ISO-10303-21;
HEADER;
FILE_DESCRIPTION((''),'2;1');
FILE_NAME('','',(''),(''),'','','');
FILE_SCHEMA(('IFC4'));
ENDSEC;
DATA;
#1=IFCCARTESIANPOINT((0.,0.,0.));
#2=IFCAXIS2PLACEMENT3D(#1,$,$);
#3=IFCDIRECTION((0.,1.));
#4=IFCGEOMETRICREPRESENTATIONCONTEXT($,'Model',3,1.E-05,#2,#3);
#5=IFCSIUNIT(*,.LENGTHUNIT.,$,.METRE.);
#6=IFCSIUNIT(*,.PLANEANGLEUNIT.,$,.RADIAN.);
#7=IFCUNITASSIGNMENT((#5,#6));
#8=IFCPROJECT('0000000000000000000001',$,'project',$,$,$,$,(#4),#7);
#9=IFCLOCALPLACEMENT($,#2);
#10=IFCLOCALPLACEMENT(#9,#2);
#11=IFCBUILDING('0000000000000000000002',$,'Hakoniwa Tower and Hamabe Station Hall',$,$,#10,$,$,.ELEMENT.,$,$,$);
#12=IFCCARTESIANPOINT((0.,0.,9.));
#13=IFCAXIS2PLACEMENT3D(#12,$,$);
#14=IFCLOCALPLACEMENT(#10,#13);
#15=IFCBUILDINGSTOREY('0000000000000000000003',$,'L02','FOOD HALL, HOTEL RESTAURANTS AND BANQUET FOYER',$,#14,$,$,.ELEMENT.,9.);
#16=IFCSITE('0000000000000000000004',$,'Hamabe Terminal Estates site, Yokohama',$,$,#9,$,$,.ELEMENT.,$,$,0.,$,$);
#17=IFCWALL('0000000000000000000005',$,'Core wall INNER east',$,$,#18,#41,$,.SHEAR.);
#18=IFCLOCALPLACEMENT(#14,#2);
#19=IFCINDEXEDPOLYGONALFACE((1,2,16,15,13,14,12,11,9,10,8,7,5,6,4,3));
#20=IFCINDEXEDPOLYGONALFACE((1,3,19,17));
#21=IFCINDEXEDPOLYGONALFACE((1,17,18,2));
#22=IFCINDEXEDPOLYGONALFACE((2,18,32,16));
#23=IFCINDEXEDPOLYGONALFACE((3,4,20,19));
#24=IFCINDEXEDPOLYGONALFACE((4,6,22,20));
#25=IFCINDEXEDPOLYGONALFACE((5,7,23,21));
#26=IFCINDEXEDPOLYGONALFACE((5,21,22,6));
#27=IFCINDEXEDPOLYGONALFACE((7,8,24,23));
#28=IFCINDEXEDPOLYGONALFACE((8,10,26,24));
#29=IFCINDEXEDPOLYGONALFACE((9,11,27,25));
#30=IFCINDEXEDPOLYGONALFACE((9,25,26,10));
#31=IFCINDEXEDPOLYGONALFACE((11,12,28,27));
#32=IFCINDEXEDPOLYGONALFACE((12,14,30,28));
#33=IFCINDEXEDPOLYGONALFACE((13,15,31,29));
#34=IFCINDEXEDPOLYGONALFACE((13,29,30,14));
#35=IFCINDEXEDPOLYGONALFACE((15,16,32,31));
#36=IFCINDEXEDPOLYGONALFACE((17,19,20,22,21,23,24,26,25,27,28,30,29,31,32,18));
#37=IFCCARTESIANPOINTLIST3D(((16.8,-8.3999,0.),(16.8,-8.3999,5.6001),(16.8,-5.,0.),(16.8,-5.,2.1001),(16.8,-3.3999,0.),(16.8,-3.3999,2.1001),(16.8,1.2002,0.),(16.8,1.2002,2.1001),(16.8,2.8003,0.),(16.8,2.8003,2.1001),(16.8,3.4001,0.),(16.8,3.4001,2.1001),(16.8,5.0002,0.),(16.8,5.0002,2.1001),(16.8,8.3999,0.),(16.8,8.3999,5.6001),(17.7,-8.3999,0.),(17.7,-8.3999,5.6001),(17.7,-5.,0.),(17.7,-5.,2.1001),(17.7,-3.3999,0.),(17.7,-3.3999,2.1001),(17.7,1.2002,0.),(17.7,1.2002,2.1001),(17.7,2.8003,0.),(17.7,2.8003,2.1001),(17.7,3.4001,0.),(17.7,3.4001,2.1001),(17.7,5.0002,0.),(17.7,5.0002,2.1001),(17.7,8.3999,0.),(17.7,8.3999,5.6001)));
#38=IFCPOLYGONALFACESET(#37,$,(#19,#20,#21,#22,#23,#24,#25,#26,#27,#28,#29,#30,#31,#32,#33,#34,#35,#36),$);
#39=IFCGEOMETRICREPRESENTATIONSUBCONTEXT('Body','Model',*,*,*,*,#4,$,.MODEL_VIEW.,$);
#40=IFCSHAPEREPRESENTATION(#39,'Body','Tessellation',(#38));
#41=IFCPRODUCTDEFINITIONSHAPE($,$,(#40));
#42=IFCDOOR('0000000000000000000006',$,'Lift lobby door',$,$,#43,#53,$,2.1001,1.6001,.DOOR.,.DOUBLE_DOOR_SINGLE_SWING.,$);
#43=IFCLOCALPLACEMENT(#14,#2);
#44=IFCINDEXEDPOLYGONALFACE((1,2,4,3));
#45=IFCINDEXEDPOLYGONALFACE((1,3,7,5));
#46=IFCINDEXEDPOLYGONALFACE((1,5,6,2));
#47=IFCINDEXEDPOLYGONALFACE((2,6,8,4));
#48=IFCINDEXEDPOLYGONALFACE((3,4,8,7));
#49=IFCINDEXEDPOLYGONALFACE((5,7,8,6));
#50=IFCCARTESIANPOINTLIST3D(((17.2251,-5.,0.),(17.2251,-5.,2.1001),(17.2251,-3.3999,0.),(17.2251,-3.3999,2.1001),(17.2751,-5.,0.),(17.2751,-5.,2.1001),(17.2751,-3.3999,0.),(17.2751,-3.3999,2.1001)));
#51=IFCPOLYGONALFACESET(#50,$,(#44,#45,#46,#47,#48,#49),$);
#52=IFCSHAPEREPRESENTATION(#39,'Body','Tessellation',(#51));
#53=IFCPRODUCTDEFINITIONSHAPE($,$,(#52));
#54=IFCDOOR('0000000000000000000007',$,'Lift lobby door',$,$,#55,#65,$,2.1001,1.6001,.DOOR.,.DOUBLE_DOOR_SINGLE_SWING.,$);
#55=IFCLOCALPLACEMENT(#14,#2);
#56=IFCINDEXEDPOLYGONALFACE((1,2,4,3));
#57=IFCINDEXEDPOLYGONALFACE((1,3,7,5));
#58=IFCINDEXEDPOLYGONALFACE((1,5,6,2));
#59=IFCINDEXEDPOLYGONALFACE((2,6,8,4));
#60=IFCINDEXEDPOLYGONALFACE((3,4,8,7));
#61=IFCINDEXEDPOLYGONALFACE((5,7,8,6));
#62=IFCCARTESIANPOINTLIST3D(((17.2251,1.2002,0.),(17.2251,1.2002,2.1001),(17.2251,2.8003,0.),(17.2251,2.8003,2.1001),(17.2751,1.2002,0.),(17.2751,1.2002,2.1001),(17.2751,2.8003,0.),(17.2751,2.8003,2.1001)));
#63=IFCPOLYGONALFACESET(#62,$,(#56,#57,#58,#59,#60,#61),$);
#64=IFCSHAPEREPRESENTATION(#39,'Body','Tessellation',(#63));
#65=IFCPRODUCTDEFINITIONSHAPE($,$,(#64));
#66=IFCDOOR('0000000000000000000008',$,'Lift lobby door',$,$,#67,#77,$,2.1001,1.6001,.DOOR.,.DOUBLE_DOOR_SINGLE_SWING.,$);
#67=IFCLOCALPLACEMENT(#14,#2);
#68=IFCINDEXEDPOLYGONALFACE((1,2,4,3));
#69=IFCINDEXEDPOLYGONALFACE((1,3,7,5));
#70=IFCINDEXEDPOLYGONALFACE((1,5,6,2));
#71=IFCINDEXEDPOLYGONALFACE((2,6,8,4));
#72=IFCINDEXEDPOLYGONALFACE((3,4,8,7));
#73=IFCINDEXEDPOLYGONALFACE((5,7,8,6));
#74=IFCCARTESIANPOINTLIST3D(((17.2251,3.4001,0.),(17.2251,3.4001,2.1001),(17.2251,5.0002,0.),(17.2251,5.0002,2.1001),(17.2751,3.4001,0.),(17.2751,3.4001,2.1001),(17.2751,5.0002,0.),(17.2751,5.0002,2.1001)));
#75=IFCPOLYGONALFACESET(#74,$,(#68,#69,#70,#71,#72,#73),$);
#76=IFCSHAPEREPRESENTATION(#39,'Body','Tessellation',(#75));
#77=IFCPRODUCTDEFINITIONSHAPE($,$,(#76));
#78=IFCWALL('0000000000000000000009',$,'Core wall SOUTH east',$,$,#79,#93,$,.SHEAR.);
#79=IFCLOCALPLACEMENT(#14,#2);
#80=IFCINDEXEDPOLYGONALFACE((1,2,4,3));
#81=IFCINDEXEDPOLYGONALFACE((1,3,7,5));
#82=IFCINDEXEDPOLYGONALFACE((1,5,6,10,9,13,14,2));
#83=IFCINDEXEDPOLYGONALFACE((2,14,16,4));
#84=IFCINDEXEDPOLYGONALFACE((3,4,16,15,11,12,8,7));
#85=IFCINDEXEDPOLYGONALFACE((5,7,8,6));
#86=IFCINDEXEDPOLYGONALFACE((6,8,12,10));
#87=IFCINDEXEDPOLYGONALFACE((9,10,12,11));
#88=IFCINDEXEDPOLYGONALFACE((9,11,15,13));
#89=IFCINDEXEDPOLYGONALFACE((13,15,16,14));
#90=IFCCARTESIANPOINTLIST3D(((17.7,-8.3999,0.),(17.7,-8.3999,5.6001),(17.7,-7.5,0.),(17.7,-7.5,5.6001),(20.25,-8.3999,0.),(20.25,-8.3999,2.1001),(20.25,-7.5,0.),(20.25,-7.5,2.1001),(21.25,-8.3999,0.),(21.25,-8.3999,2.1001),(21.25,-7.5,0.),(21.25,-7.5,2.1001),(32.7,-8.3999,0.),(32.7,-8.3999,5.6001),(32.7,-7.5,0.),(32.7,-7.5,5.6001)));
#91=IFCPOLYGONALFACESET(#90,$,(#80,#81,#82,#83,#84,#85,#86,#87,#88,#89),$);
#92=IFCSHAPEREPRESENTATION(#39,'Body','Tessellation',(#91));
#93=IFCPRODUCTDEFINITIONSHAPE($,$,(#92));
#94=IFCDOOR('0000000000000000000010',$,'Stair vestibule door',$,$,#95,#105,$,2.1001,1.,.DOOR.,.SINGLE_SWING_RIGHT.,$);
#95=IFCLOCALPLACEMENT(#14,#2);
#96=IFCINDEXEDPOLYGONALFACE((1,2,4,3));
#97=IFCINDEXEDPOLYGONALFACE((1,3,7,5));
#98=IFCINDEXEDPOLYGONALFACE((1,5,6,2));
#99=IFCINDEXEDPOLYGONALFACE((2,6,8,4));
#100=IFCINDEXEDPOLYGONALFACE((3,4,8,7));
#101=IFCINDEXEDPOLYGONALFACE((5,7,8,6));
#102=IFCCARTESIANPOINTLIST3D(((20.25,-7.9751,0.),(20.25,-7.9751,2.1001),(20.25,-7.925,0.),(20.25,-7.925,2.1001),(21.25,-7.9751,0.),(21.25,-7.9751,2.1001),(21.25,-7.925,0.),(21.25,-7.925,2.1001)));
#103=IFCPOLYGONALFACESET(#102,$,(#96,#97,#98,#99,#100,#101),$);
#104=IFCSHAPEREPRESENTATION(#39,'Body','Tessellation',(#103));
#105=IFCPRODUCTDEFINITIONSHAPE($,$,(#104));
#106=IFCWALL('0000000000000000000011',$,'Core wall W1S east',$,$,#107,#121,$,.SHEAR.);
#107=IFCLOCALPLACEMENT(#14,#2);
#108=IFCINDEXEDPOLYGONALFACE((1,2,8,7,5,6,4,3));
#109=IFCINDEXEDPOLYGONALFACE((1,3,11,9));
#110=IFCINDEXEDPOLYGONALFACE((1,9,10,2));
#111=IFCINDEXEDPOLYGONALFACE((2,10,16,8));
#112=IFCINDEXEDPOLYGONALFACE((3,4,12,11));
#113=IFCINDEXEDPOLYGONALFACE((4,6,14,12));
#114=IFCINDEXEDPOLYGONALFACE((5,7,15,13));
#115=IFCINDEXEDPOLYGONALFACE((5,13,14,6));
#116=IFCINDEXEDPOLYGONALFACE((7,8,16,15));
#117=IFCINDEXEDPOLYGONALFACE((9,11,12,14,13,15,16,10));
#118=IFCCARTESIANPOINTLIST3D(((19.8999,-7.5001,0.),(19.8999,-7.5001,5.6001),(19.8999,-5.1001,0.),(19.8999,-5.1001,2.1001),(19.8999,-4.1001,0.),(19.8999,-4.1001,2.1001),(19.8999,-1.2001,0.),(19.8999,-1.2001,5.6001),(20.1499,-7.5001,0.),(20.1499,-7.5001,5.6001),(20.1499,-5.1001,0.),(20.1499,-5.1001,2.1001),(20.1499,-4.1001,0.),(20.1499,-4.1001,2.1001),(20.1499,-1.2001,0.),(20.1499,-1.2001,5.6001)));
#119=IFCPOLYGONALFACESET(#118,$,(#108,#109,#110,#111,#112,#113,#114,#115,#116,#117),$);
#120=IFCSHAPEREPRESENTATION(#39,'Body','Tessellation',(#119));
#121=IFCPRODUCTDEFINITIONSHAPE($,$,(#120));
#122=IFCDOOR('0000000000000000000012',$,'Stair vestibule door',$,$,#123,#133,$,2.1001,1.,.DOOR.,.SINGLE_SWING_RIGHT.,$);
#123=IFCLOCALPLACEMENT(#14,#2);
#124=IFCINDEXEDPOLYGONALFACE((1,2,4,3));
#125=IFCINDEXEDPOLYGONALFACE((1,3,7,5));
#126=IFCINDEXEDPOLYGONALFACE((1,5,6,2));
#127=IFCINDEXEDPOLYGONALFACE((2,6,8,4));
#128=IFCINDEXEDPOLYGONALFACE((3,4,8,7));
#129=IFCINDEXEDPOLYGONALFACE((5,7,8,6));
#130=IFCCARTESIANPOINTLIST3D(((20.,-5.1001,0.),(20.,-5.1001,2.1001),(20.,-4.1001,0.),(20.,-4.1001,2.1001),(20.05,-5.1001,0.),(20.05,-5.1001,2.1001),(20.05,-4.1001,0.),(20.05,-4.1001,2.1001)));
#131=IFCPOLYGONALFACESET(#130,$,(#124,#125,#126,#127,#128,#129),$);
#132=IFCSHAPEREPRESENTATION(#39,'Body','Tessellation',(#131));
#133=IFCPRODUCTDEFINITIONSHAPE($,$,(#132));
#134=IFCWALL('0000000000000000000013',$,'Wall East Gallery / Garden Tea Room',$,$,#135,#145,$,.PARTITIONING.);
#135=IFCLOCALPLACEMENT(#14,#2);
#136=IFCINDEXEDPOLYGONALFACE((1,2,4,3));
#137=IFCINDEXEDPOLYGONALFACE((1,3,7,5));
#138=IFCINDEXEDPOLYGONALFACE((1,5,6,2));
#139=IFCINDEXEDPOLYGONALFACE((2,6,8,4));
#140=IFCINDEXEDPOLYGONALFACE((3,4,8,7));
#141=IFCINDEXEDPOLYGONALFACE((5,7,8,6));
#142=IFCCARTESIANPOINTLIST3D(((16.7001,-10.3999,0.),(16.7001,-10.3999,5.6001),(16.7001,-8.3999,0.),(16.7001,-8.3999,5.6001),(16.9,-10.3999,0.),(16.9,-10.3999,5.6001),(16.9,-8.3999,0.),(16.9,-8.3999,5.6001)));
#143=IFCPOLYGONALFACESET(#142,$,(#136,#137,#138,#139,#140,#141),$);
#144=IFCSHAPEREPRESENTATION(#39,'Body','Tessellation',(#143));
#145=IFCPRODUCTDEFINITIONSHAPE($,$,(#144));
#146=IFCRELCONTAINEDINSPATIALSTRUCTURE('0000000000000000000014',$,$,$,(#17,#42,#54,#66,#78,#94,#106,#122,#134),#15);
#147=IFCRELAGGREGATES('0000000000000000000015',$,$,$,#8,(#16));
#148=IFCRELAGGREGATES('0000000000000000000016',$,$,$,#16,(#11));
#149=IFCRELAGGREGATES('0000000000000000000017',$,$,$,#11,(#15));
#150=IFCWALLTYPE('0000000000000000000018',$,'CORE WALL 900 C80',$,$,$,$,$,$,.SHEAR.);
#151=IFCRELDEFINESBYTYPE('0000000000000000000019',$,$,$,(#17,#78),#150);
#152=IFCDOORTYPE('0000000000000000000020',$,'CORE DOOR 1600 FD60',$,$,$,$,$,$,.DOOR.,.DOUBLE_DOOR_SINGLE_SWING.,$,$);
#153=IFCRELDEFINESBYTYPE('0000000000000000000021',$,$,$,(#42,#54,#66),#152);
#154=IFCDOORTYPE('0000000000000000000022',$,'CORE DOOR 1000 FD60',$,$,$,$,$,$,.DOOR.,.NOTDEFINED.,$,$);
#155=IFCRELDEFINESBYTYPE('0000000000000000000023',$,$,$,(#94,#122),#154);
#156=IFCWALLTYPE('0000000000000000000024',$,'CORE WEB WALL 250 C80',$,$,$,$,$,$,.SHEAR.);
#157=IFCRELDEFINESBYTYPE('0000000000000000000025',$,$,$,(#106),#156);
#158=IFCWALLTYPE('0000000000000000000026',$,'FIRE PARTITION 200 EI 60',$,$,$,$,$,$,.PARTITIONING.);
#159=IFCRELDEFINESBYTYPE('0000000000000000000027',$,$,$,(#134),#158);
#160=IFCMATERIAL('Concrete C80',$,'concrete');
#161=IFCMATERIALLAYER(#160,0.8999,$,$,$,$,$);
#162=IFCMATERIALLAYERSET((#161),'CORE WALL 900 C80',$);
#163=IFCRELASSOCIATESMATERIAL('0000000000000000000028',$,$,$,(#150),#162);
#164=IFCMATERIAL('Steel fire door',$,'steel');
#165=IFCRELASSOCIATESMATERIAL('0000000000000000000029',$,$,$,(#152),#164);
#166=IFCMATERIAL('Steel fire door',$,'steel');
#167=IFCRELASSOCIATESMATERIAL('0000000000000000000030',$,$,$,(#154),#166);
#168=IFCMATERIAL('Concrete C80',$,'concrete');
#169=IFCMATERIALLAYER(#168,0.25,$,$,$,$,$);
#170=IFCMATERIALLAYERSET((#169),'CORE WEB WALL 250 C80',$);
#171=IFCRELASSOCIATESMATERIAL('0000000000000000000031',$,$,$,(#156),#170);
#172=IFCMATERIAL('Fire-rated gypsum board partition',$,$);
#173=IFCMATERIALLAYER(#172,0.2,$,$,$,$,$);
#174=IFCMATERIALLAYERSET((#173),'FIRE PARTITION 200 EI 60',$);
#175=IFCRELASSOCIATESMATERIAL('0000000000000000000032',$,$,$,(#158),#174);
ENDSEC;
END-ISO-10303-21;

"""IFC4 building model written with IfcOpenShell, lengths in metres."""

from ifc_helpers import new_model, si_unit, direction, frame, frame_2d, origin, place, context, subcontext, project, spatial, rectangle, extrude, material, layer, layer_set, type_object, element, fill, save


model = new_model("IFC4")

# Units and contexts
model_context = context("Model", 3, precision=1e-05, world=origin(), true_north=direction((0.0, 1.0)))
body_context = subcontext(model_context, "Body", "Model", "MODEL_VIEW")
ifc_project = project(units=[si_unit("LENGTHUNIT", "METRE"), si_unit("PLANEANGLEUNIT", "RADIAN")], contexts=[model_context])

# Site, building, storey
site_placement = place(None, origin())
site = spatial("IfcSite", under=ifc_project, at=site_placement, Name="Hamabe Terminal Estates site, Yokohama", CompositionType="ELEMENT", RefElevation=0.0)
building_placement = place(site_placement, origin())
building = spatial("IfcBuilding", under=site, at=building_placement, Name="Hakoniwa Tower and Hamabe Station Hall", CompositionType="ELEMENT")
storey_placement = place(building_placement, frame((0.0, 0.0, 9.0)))
storey = spatial("IfcBuildingStorey", under=building, at=storey_placement, Name="L02", Description="FOOD HALL, HOTEL RESTAURANTS AND BANQUET FOYER", CompositionType="ELEMENT", Elevation=9.0)

# Wall, openings, doors
ifc_material_1 = material(Name="Concrete C80", Category="concrete")
ifc_layer_1 = layer(ifc_material_1, 0.8999)
ifc_layer_set_1 = layer_set([ifc_layer_1], Name="CORE WALL 900 C80")
wall_type_1 = type_object("IfcWallType", Name="CORE WALL 900 C80", PredefinedType="SHEAR", material=ifc_layer_set_1)
wall_1_placement = place(storey_placement, frame((17.25, -8.3999, 0.0), z_axis=(0.0, 0.0, 1.0), x_axis=(0.0, 1.0, 0.0)))
wall_1 = element("IfcWall", 1, at=wall_1_placement, inside=storey, type_object=wall_type_1, Name="Core wall INNER east", PredefinedType="SHEAR", context=body_context, shape_type="SweptSolid", body=[
    extrude(rectangle(XDim=16.7998, YDim=0.8999, at=frame_2d((8.3999, 0.0))), origin(), (0.0, 0.0, 1.0), 5.6001),
])
opening_1_placement = place(wall_1_placement, frame((3.3999, 0.0, 0.0)))
opening_1 = element("IfcOpeningElement", 2, at=opening_1_placement, cuts=wall_1, PredefinedType="OPENING", context=body_context, shape_type="SweptSolid", body=[
    extrude(rectangle(XDim=1.6001, YDim=2.1001, at=frame_2d((0.8, 1.05))), frame((0.0, 0.46, 0.0), z_axis=(0.0, -1.0, 0.0), x_axis=(1.0, 0.0, 0.0)), (0.0, 0.0, 1.0), 0.9199),
])
opening_2_placement = place(wall_1_placement, frame((9.6001, 0.0, 0.0)))
opening_2 = element("IfcOpeningElement", 3, at=opening_2_placement, cuts=wall_1, PredefinedType="OPENING", context=body_context, shape_type="SweptSolid", body=[
    extrude(rectangle(XDim=1.6001, YDim=2.1001, at=frame_2d((0.8, 1.05))), frame((0.0, 0.46, 0.0), z_axis=(0.0, -1.0, 0.0), x_axis=(1.0, 0.0, 0.0)), (0.0, 0.0, 1.0), 0.9199),
])
opening_3_placement = place(wall_1_placement, frame((11.8, 0.0, 0.0)))
opening_3 = element("IfcOpeningElement", 4, at=opening_3_placement, cuts=wall_1, PredefinedType="OPENING", context=body_context, shape_type="SweptSolid", body=[
    extrude(rectangle(XDim=1.6001, YDim=2.1001, at=frame_2d((0.8, 1.05))), frame((0.0, 0.46, 0.0), z_axis=(0.0, -1.0, 0.0), x_axis=(1.0, 0.0, 0.0)), (0.0, 0.0, 1.0), 0.9199),
])
ifc_material_2 = material(Name="Steel fire door", Category="steel")
door_type_1 = type_object("IfcDoorType", Name="CORE DOOR 1600 FD60", OperationType="DOUBLE_DOOR_SINGLE_SWING", PredefinedType="DOOR", material=ifc_material_2)
door_1_placement = place(opening_1_placement, origin())
door_1 = element("IfcDoor", 5, at=door_1_placement, inside=storey, type_object=door_type_1, Name="Lift lobby door", OperationType="DOUBLE_DOOR_SINGLE_SWING", OverallHeight=2.1001, OverallWidth=1.6001, PredefinedType="DOOR", context=body_context, shape_type="SweptSolid", body=[
    extrude(rectangle(XDim=1.6001, YDim=2.1001, at=frame_2d((0.8, 1.05))), frame((0.0, 0.0249, 0.0), z_axis=(0.0, -1.0, 0.0), x_axis=(1.0, 0.0, 0.0)), (0.0, 0.0, 1.0), 0.05),
])
fill(opening_1, door_1)
door_2_placement = place(opening_2_placement, origin())
door_2 = element("IfcDoor", 6, at=door_2_placement, inside=storey, type_object=door_type_1, Name="Lift lobby door", OperationType="DOUBLE_DOOR_SINGLE_SWING", OverallHeight=2.1001, OverallWidth=1.6001, PredefinedType="DOOR", context=body_context, shape_type="SweptSolid", body=[
    extrude(rectangle(XDim=1.6001, YDim=2.1001, at=frame_2d((0.8, 1.05))), frame((0.0, 0.0249, 0.0), z_axis=(0.0, -1.0, 0.0), x_axis=(1.0, 0.0, 0.0)), (0.0, 0.0, 1.0), 0.05),
])
fill(opening_2, door_2)
door_3_placement = place(opening_3_placement, origin())
door_3 = element("IfcDoor", 7, at=door_3_placement, inside=storey, type_object=door_type_1, Name="Lift lobby door", OperationType="DOUBLE_DOOR_SINGLE_SWING", OverallHeight=2.1001, OverallWidth=1.6001, PredefinedType="DOOR", context=body_context, shape_type="SweptSolid", body=[
    extrude(rectangle(XDim=1.6001, YDim=2.1001, at=frame_2d((0.8, 1.05))), frame((0.0, 0.0249, 0.0), z_axis=(0.0, -1.0, 0.0), x_axis=(1.0, 0.0, 0.0)), (0.0, 0.0, 1.0), 0.05),
])
fill(opening_3, door_3)

# Walls, openings, doors
wall_2_placement = place(storey_placement, frame((17.7, -7.95, 0.0), z_axis=(0.0, 0.0, 1.0), x_axis=(1.0, 0.0, 0.0)))
wall_2 = element("IfcWall", 8, at=wall_2_placement, inside=storey, type_object=wall_type_1, Name="Core wall SOUTH east", PredefinedType="SHEAR", context=body_context, shape_type="SweptSolid", body=[
    extrude(rectangle(XDim=15.0, YDim=0.8999, at=frame_2d((7.5, 0.0))), origin(), (0.0, 0.0, 1.0), 5.6001),
])
opening_4_placement = place(wall_2_placement, frame((2.55, 0.0, 0.0)))
opening_4 = element("IfcOpeningElement", 9, at=opening_4_placement, cuts=wall_2, PredefinedType="OPENING", context=body_context, shape_type="SweptSolid", body=[
    extrude(rectangle(XDim=1.0, YDim=2.1001, at=frame_2d((0.5, 1.05))), frame((0.0, 0.46, 0.0), z_axis=(0.0, -1.0, 0.0), x_axis=(1.0, 0.0, 0.0)), (0.0, 0.0, 1.0), 0.9199),
])
ifc_material_3 = material(Name="Steel fire door", Category="steel")
door_type_2 = type_object("IfcDoorType", Name="CORE DOOR 1000 FD60", OperationType="NOTDEFINED", PredefinedType="DOOR", material=ifc_material_3)
door_4_placement = place(opening_4_placement, origin())
door_4 = element("IfcDoor", 10, at=door_4_placement, inside=storey, type_object=door_type_2, Name="Stair vestibule door", OperationType="SINGLE_SWING_RIGHT", OverallHeight=2.1001, OverallWidth=1.0, PredefinedType="DOOR", context=body_context, shape_type="SweptSolid", body=[
    extrude(rectangle(XDim=1.0, YDim=2.1001, at=frame_2d((0.5, 1.05))), frame((0.0, 0.0249, 0.0), z_axis=(0.0, -1.0, 0.0), x_axis=(1.0, 0.0, 0.0)), (0.0, 0.0, 1.0), 0.05),
])
fill(opening_4, door_4)
ifc_material_4 = material(Name="Concrete C80", Category="concrete")
ifc_layer_2 = layer(ifc_material_4, 0.25)
ifc_layer_set_2 = layer_set([ifc_layer_2], Name="CORE WEB WALL 250 C80")
wall_type_2 = type_object("IfcWallType", Name="CORE WEB WALL 250 C80", PredefinedType="SHEAR", material=ifc_layer_set_2)
wall_3_placement = place(storey_placement, frame((20.0249, -7.5, 0.0), z_axis=(0.0, 0.0, 1.0), x_axis=(0.0, 1.0, 0.0)))
wall_3 = element("IfcWall", 11, at=wall_3_placement, inside=storey, type_object=wall_type_2, Name="Core wall W1S east", PredefinedType="SHEAR", context=body_context, shape_type="SweptSolid", body=[
    extrude(rectangle(XDim=6.3, YDim=0.25, at=frame_2d((3.1499, 0.0))), origin(), (0.0, 0.0, 1.0), 5.6001),
])
opening_5_placement = place(wall_3_placement, frame((2.3999, 0.0, 0.0)))
opening_5 = element("IfcOpeningElement", 12, at=opening_5_placement, cuts=wall_3, PredefinedType="OPENING", context=body_context, shape_type="SweptSolid", body=[
    extrude(rectangle(XDim=1.0, YDim=2.1001, at=frame_2d((0.5, 1.05))), frame((0.0, 0.135, 0.0), z_axis=(0.0, -1.0, 0.0), x_axis=(1.0, 0.0, 0.0)), (0.0, 0.0, 1.0), 0.27),
])
door_5_placement = place(opening_5_placement, origin())
door_5 = element("IfcDoor", 13, at=door_5_placement, inside=storey, type_object=door_type_2, Name="Stair vestibule door", OperationType="SINGLE_SWING_RIGHT", OverallHeight=2.1001, OverallWidth=1.0, PredefinedType="DOOR", context=body_context, shape_type="SweptSolid", body=[
    extrude(rectangle(XDim=1.0, YDim=2.1001, at=frame_2d((0.5, 1.05))), frame((0.0, 0.0249, 0.0), z_axis=(0.0, -1.0, 0.0), x_axis=(1.0, 0.0, 0.0)), (0.0, 0.0, 1.0), 0.05),
])
fill(opening_5, door_5)

# Wall
ifc_material_5 = material(Name="Fire-rated gypsum board partition")
ifc_layer_3 = layer(ifc_material_5, 0.2)
ifc_layer_set_3 = layer_set([ifc_layer_3], Name="FIRE PARTITION 200 EI 60")
wall_type_3 = type_object("IfcWallType", Name="FIRE PARTITION 200 EI 60", PredefinedType="PARTITIONING", material=ifc_layer_set_3)
wall_4_placement = place(storey_placement, frame((16.8, -10.3999, 0.0), z_axis=(0.0, 0.0, 1.0), x_axis=(0.0, 1.0, 0.0)))
element("IfcWall", 14, at=wall_4_placement, inside=storey, type_object=wall_type_3, Name="Wall East Gallery / Garden Tea Room", PredefinedType="PARTITIONING", context=body_context, shape_type="SweptSolid", body=[
    extrude(rectangle(XDim=2.0, YDim=0.2, at=frame_2d((1.0, 0.0))), origin(), (0.0, 0.0, 1.0), 5.6001),
])

save(model, "model.ifc")
